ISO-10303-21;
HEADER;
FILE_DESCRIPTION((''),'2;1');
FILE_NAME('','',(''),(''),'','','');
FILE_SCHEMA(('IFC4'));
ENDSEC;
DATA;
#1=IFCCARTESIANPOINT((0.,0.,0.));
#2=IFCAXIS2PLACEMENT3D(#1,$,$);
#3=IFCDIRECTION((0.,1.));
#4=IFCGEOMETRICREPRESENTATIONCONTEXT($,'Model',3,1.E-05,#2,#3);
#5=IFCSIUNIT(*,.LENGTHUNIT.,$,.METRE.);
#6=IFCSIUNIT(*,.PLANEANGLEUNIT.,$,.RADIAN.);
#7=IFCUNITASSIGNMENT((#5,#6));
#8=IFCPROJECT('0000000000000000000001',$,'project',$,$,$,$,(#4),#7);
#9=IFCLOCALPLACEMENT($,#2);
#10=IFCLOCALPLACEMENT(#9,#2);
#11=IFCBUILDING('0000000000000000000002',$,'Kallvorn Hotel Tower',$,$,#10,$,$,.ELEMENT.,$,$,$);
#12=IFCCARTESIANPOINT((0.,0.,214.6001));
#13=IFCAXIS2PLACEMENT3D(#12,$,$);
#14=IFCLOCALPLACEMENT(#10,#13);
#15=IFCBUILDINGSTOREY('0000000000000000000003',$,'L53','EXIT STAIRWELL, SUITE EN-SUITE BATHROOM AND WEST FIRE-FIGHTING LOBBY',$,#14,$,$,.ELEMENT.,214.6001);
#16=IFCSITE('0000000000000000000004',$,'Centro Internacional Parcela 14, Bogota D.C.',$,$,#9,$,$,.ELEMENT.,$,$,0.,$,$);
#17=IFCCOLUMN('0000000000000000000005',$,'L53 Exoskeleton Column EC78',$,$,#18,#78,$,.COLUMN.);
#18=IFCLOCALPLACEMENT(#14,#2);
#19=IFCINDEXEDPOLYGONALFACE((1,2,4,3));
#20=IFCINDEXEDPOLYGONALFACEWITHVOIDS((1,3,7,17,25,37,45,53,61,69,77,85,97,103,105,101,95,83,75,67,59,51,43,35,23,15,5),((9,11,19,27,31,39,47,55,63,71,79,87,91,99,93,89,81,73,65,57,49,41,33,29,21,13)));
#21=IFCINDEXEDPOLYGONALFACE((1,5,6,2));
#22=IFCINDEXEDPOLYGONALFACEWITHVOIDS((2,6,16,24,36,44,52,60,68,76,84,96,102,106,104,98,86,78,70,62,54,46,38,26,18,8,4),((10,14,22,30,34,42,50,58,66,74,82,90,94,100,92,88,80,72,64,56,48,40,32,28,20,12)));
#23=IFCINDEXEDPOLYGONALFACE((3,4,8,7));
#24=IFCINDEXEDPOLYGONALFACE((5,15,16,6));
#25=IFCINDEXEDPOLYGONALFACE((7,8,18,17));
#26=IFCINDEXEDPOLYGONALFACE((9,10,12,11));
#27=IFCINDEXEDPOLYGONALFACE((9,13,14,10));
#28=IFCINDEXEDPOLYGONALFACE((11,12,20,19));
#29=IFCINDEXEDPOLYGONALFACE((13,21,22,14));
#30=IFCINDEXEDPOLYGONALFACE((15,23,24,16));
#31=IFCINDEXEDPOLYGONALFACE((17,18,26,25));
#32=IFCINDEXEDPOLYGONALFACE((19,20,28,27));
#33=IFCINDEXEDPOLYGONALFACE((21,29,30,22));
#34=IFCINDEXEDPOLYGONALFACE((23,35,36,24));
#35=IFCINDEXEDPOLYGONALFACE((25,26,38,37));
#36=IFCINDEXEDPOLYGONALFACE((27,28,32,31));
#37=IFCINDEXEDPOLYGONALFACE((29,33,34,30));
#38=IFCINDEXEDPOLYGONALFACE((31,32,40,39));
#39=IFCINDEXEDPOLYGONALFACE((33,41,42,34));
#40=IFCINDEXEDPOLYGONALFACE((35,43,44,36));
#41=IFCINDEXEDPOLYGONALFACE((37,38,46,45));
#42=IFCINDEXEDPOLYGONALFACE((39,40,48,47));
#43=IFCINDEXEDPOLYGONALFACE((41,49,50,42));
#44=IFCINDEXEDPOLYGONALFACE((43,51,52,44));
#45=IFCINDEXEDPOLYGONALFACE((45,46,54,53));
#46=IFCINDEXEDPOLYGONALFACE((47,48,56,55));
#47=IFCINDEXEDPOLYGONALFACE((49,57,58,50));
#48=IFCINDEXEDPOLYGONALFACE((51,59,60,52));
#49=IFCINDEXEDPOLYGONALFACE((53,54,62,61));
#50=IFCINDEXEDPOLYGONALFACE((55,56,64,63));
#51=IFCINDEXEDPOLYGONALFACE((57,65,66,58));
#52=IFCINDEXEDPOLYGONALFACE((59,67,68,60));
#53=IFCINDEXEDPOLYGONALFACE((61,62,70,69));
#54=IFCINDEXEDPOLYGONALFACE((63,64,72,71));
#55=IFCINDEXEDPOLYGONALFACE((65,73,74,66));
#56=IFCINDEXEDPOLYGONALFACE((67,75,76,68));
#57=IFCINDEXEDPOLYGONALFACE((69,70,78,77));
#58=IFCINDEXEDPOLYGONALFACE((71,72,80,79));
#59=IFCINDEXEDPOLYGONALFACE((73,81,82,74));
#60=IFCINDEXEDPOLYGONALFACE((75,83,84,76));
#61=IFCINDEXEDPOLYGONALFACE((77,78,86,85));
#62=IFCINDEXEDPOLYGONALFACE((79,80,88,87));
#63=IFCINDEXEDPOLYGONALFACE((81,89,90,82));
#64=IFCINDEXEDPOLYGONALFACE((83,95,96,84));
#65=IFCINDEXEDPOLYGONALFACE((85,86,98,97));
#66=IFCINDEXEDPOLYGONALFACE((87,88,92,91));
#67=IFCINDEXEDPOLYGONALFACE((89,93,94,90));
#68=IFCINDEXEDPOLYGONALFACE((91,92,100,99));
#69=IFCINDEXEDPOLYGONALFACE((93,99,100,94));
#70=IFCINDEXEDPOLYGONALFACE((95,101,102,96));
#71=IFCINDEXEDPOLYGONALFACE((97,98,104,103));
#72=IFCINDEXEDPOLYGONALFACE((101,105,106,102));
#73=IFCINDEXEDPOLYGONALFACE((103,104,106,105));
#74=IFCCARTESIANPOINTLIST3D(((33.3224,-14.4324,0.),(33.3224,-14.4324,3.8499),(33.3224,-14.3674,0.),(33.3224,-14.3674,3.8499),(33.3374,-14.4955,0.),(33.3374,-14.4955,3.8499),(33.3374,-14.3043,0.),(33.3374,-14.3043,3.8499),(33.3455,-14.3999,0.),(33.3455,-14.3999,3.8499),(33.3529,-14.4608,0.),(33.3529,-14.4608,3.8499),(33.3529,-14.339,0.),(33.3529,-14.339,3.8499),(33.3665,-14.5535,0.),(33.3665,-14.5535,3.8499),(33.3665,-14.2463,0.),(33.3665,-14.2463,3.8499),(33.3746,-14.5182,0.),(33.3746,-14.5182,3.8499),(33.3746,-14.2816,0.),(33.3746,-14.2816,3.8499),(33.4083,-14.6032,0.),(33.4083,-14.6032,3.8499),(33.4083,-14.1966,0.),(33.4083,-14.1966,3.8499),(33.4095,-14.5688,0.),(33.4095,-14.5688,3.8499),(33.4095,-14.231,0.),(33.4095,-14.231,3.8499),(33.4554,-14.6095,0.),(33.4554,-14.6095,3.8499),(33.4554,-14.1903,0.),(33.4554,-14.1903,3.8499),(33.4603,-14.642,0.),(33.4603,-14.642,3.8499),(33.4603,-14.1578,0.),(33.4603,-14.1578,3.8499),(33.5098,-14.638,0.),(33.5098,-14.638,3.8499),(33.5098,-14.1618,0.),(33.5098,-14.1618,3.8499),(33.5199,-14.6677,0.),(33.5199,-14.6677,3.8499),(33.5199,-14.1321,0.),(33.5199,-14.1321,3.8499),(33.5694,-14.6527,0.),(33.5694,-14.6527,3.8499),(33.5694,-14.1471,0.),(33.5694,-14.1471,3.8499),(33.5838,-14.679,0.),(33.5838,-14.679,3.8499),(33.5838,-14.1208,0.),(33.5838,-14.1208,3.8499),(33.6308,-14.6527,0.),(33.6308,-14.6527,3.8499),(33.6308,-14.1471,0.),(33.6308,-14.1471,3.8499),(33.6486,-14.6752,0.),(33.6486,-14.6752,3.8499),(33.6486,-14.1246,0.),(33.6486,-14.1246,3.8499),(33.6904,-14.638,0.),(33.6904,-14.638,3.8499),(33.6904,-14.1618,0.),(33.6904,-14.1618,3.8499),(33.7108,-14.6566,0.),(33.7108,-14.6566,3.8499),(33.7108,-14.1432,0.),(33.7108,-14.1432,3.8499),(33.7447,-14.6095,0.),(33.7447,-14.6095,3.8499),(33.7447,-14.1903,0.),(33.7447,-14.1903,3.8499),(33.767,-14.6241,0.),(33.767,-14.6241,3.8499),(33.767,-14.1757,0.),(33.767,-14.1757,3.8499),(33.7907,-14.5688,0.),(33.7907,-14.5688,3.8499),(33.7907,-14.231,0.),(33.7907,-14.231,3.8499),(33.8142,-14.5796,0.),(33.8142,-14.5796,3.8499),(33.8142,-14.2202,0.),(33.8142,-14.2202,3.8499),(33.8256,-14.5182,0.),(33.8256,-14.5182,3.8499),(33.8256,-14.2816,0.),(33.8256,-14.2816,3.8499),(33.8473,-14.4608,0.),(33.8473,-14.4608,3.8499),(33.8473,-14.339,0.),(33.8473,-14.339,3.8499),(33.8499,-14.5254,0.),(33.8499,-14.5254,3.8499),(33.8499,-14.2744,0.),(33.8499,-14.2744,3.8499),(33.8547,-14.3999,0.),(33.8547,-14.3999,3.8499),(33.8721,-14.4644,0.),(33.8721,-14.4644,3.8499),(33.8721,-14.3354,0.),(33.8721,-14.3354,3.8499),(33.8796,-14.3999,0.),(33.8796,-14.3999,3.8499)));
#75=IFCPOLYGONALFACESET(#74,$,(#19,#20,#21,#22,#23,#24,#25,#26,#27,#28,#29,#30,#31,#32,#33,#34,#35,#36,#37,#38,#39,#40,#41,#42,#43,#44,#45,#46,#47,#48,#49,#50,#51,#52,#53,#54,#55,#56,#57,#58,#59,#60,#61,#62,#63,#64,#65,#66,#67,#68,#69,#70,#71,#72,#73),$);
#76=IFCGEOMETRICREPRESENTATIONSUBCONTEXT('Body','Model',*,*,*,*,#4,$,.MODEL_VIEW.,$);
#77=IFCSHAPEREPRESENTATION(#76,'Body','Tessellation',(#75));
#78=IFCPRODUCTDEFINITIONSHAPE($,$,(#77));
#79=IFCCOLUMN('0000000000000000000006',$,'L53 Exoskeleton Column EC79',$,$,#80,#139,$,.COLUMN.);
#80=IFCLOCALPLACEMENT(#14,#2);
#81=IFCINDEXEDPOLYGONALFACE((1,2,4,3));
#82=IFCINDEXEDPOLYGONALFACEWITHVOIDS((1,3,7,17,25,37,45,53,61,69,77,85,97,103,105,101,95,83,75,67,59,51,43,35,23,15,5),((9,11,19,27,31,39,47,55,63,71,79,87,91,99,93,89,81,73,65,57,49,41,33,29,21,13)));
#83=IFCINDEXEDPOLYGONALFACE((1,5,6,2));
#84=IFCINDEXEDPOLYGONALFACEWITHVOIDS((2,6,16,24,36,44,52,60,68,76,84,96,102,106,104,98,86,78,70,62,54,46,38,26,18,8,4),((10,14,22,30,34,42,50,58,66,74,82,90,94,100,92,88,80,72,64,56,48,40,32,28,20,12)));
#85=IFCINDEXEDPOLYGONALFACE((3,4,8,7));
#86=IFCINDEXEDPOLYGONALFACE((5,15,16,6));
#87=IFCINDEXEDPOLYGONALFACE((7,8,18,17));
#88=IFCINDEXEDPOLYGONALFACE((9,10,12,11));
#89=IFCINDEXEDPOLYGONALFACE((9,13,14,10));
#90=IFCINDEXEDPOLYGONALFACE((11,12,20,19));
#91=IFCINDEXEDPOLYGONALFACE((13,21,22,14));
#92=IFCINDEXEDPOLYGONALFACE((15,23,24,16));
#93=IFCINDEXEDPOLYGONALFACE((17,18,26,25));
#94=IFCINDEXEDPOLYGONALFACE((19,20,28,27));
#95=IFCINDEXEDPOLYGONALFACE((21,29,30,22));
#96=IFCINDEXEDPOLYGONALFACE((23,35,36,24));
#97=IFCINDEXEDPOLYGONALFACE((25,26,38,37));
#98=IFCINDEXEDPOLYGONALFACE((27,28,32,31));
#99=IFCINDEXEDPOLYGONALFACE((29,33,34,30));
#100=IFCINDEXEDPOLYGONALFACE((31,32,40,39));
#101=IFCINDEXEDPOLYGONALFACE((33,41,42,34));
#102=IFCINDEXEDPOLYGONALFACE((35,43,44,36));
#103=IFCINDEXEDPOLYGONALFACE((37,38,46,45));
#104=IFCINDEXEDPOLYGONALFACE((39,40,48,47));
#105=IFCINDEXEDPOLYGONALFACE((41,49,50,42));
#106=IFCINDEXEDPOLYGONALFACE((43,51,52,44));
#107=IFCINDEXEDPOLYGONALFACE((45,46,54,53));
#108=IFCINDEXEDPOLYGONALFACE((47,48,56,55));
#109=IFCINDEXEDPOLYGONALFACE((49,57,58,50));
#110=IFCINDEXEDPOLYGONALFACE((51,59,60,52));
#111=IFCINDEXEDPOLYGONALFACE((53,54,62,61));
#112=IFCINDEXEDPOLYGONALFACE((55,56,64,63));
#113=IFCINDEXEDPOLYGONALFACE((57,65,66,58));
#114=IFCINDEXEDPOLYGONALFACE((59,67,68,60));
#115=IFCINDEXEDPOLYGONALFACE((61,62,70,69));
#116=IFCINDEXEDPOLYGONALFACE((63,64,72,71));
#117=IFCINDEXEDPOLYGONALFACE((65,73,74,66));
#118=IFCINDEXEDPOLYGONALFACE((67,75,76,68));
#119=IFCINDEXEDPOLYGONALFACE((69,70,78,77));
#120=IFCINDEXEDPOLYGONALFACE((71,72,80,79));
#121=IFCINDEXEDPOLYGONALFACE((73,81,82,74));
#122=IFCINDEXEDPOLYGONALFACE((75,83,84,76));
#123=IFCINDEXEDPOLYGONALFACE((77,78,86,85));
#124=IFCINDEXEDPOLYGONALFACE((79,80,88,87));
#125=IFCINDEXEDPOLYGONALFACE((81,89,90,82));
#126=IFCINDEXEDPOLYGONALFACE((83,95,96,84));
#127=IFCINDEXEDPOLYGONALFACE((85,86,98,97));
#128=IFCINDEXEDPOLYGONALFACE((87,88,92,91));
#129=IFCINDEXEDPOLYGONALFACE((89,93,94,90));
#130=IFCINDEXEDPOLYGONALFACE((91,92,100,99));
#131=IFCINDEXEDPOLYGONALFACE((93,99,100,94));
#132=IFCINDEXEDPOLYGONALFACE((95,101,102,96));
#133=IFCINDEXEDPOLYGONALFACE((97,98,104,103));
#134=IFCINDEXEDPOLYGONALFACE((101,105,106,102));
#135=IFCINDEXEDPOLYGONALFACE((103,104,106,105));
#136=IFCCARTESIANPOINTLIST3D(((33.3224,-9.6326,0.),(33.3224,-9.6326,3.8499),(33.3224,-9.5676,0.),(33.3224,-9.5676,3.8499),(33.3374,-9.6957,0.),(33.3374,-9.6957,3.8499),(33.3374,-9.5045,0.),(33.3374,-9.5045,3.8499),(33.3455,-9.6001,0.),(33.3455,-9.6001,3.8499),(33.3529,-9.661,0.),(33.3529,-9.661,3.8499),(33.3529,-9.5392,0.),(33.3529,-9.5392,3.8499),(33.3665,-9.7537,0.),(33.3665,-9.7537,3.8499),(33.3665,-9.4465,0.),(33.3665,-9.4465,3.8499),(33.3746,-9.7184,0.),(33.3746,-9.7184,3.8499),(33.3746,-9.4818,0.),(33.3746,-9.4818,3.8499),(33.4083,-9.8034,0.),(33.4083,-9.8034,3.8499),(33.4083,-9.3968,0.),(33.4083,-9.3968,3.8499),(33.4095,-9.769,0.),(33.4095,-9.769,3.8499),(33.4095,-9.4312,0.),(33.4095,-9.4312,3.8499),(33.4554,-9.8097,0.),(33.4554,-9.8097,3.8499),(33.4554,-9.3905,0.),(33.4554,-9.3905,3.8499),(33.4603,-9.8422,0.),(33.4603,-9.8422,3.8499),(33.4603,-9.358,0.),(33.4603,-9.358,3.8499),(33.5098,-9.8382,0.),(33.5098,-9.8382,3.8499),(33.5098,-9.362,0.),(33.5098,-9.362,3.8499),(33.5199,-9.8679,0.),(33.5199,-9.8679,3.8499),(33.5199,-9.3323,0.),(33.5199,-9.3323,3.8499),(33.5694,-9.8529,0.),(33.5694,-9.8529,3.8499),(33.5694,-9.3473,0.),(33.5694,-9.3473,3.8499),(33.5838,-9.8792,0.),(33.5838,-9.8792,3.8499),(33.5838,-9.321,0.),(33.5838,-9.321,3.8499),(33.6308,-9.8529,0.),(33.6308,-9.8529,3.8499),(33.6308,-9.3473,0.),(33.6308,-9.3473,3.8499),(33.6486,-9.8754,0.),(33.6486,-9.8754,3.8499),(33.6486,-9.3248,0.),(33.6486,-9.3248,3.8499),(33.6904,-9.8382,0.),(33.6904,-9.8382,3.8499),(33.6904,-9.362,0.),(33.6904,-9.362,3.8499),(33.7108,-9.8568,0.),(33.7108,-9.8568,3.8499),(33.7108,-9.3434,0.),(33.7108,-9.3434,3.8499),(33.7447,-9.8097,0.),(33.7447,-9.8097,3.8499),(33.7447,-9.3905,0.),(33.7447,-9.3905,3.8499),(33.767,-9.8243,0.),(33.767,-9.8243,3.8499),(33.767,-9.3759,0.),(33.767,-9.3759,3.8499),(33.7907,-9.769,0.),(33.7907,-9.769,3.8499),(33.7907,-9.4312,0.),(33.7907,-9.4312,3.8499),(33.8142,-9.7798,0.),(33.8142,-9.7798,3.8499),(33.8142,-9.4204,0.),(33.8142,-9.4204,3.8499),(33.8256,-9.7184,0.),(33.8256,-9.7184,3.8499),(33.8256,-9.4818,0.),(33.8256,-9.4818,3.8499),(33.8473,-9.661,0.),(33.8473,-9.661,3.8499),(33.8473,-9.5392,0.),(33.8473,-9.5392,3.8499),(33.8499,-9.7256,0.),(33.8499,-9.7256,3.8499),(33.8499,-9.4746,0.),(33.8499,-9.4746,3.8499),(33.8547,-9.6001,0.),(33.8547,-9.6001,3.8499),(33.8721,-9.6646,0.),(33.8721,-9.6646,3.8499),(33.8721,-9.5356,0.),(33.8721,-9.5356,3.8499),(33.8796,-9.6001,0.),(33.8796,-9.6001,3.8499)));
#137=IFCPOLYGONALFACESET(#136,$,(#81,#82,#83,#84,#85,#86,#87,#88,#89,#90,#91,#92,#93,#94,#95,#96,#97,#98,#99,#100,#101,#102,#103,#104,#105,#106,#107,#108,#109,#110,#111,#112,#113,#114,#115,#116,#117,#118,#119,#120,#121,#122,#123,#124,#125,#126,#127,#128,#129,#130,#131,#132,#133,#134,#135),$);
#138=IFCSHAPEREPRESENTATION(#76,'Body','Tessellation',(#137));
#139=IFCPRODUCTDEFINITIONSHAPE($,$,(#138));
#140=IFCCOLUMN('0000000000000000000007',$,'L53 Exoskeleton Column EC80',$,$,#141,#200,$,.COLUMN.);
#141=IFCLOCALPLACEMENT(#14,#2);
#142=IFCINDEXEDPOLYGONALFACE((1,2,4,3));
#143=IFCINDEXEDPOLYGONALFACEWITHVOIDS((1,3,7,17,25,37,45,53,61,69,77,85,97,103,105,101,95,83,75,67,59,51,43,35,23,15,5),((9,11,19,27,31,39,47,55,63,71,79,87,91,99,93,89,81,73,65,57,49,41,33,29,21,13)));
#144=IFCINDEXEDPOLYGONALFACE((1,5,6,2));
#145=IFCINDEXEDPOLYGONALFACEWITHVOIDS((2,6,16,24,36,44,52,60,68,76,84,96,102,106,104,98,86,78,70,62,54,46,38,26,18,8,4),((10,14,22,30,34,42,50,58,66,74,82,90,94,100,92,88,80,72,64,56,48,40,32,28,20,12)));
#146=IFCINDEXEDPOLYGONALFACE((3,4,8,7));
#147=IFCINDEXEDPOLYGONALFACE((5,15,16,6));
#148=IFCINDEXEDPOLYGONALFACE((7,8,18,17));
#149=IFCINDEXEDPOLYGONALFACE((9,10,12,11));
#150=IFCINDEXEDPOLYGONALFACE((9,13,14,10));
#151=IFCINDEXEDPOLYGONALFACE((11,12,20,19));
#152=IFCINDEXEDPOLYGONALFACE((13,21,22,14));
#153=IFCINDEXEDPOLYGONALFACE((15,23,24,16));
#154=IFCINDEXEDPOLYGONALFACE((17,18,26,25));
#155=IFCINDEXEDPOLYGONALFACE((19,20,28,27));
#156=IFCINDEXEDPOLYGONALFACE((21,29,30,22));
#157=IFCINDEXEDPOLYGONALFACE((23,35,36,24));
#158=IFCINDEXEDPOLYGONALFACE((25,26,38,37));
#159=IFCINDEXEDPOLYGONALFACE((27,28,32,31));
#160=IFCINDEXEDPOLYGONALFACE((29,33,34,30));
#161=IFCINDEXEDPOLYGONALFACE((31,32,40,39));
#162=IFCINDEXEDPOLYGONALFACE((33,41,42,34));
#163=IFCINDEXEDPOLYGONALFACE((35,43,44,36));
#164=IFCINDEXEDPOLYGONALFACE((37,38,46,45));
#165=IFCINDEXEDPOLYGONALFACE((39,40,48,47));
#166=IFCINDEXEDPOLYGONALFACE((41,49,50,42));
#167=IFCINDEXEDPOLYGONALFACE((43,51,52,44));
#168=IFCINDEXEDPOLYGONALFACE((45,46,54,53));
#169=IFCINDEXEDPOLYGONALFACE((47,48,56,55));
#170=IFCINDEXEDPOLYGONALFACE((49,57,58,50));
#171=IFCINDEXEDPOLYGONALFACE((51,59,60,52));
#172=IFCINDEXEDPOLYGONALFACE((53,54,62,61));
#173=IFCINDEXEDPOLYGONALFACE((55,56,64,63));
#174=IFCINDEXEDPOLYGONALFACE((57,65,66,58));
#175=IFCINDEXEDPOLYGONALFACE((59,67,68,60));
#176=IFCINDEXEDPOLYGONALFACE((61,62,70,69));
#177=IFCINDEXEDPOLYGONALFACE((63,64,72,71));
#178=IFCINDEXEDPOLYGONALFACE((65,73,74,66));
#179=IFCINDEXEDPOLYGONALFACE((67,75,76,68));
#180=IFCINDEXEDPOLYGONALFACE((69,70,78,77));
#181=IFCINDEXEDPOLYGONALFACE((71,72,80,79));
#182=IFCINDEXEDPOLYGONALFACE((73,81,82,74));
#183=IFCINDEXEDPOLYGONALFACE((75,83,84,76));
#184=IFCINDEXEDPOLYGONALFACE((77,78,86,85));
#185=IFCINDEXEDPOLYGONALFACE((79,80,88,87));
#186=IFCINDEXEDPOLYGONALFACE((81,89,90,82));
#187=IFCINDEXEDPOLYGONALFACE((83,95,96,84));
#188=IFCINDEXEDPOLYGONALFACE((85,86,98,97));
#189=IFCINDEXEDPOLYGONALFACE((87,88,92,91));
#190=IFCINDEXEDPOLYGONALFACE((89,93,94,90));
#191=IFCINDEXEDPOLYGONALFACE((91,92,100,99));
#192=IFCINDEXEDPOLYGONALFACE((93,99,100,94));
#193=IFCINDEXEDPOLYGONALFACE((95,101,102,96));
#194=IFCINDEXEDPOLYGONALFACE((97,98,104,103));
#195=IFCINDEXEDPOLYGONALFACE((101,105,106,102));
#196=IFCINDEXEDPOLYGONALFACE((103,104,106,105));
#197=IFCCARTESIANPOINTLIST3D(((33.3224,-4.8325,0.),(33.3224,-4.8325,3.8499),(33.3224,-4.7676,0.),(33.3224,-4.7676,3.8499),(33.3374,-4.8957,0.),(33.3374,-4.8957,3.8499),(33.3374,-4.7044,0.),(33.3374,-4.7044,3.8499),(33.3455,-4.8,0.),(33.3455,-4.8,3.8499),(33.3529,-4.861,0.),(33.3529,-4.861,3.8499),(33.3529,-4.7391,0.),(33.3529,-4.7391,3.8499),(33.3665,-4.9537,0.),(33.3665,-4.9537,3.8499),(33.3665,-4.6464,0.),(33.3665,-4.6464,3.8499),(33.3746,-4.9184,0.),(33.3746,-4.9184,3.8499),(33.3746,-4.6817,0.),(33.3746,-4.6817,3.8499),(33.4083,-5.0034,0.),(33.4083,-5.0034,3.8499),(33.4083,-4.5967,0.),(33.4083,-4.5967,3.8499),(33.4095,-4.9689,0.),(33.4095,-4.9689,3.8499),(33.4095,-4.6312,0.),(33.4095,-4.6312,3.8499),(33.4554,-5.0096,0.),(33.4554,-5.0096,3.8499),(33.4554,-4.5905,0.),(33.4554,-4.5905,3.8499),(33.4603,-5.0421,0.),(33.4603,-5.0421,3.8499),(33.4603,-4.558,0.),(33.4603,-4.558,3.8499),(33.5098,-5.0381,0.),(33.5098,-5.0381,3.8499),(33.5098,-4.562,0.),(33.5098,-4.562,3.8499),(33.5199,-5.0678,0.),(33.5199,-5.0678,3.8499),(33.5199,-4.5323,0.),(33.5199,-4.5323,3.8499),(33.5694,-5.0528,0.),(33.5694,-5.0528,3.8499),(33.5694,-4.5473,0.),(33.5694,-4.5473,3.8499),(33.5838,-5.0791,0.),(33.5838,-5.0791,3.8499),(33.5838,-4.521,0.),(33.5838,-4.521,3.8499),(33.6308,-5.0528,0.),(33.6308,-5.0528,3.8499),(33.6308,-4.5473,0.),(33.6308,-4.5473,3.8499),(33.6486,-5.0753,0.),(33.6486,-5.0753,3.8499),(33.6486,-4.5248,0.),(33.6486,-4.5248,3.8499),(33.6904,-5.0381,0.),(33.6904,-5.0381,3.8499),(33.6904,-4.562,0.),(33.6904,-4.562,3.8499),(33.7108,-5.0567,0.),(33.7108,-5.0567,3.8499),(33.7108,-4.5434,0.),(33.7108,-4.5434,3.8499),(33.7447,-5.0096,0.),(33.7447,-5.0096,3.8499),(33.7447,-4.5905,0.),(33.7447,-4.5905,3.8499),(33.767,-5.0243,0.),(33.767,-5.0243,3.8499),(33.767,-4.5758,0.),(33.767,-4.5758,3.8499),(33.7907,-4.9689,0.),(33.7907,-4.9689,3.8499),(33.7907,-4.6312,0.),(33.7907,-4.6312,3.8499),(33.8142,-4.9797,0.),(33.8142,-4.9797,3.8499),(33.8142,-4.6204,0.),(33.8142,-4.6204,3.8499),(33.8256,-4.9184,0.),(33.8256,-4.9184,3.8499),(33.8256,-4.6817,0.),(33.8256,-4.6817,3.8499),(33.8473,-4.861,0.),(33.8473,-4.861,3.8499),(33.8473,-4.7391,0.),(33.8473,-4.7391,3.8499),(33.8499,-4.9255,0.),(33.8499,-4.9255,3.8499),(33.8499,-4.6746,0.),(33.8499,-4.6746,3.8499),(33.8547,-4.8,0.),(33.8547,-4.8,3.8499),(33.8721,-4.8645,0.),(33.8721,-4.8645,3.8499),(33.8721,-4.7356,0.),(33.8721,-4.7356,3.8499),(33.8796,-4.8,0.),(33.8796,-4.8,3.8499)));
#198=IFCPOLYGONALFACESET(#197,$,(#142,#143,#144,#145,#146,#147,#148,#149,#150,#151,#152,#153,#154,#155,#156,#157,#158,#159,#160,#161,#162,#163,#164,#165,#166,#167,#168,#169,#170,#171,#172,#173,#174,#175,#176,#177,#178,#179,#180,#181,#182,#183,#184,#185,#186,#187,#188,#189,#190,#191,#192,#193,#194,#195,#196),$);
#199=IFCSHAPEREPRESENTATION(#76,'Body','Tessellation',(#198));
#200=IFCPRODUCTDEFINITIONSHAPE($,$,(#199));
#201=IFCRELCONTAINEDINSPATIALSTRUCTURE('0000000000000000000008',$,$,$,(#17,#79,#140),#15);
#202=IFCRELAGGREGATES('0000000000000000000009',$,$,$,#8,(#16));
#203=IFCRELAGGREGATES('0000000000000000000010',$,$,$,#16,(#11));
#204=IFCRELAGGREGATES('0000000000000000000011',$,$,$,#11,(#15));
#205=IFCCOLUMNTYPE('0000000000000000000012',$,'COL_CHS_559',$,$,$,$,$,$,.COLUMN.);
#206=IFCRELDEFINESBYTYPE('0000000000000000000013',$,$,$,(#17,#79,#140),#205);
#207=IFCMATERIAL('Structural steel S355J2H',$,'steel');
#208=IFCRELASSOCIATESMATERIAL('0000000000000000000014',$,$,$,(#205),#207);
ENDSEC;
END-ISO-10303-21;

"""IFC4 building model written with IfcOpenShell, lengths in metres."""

from ifc_helpers import new_model, si_unit, direction, frame, origin, origin_2d, place, context, subcontext, project, spatial, hollow_circle, extrude, material, material_profile, profile_set, type_object, element, save


model = new_model("IFC4")

# Units and contexts
model_context = context("Model", 3, precision=1e-05, world=origin(), true_north=direction((0.0, 1.0)))
body_context = subcontext(model_context, "Body", "Model", "MODEL_VIEW")
ifc_project = project(units=[si_unit("LENGTHUNIT", "METRE"), si_unit("PLANEANGLEUNIT", "RADIAN")], contexts=[model_context])

# Site, building, storey
site_placement = place(None, origin())
site = spatial("IfcSite", under=ifc_project, at=site_placement, Name="Centro Internacional Parcela 14, Bogota D.C.", CompositionType="ELEMENT", RefElevation=0.0)
building_placement = place(site_placement, origin())
building = spatial("IfcBuilding", under=site, at=building_placement, Name="Kallvorn Hotel Tower", CompositionType="ELEMENT")
storey_placement = place(building_placement, frame((0.0, 0.0, 214.6001)))
storey = spatial("IfcBuildingStorey", under=building, at=storey_placement, Name="L53", Description="EXIT STAIRWELL, SUITE EN-SUITE BATHROOM AND WEST FIRE-FIGHTING LOBBY", CompositionType="ELEMENT", Elevation=214.6001)

# Columns
ifc_material_1 = material(Name="Structural steel S355J2H", Category="steel")
ifc_material_profile_1 = material_profile(ifc_material_1, hollow_circle(Radius=0.2795, WallThickness=0.0249, at=origin_2d()), Name="CHS 559x25")
ifc_profile_set_1 = profile_set([ifc_material_profile_1], Name="Structural steel S355J2H")
column_type_1 = type_object("IfcColumnType", Name="COL_CHS_559", PredefinedType="COLUMN", material=ifc_profile_set_1)
for number, where, z_axis, x_axis, name in (
    (1, (33.6001, -14.3999, 0.0), (0.0, 0.0, 1.0), (1.0, 0.0, 0.0), "L53 Exoskeleton Column EC78"),
    (2, (33.6001, -9.6001, 0.0), (0.0, 0.0, 1.0), (1.0, 0.0, 0.0), "L53 Exoskeleton Column EC79"),
    (3, (33.6001, -4.8, 0.0), (0.0, 0.0, 1.0), (1.0, 0.0, 0.0), "L53 Exoskeleton Column EC80"),
):
    element("IfcColumn", number, at=place(storey_placement, frame(where, z_axis=z_axis, x_axis=x_axis)), inside=storey, type_object=column_type_1, Name=name, PredefinedType="COLUMN", context=body_context, shape_type="SweptSolid", body=[
        extrude(hollow_circle(Radius=0.2795, WallThickness=0.0249, at=origin_2d()), origin(), (0.0, 0.0, 1.0), 3.8499),
    ])

save(model, "model.ifc")
